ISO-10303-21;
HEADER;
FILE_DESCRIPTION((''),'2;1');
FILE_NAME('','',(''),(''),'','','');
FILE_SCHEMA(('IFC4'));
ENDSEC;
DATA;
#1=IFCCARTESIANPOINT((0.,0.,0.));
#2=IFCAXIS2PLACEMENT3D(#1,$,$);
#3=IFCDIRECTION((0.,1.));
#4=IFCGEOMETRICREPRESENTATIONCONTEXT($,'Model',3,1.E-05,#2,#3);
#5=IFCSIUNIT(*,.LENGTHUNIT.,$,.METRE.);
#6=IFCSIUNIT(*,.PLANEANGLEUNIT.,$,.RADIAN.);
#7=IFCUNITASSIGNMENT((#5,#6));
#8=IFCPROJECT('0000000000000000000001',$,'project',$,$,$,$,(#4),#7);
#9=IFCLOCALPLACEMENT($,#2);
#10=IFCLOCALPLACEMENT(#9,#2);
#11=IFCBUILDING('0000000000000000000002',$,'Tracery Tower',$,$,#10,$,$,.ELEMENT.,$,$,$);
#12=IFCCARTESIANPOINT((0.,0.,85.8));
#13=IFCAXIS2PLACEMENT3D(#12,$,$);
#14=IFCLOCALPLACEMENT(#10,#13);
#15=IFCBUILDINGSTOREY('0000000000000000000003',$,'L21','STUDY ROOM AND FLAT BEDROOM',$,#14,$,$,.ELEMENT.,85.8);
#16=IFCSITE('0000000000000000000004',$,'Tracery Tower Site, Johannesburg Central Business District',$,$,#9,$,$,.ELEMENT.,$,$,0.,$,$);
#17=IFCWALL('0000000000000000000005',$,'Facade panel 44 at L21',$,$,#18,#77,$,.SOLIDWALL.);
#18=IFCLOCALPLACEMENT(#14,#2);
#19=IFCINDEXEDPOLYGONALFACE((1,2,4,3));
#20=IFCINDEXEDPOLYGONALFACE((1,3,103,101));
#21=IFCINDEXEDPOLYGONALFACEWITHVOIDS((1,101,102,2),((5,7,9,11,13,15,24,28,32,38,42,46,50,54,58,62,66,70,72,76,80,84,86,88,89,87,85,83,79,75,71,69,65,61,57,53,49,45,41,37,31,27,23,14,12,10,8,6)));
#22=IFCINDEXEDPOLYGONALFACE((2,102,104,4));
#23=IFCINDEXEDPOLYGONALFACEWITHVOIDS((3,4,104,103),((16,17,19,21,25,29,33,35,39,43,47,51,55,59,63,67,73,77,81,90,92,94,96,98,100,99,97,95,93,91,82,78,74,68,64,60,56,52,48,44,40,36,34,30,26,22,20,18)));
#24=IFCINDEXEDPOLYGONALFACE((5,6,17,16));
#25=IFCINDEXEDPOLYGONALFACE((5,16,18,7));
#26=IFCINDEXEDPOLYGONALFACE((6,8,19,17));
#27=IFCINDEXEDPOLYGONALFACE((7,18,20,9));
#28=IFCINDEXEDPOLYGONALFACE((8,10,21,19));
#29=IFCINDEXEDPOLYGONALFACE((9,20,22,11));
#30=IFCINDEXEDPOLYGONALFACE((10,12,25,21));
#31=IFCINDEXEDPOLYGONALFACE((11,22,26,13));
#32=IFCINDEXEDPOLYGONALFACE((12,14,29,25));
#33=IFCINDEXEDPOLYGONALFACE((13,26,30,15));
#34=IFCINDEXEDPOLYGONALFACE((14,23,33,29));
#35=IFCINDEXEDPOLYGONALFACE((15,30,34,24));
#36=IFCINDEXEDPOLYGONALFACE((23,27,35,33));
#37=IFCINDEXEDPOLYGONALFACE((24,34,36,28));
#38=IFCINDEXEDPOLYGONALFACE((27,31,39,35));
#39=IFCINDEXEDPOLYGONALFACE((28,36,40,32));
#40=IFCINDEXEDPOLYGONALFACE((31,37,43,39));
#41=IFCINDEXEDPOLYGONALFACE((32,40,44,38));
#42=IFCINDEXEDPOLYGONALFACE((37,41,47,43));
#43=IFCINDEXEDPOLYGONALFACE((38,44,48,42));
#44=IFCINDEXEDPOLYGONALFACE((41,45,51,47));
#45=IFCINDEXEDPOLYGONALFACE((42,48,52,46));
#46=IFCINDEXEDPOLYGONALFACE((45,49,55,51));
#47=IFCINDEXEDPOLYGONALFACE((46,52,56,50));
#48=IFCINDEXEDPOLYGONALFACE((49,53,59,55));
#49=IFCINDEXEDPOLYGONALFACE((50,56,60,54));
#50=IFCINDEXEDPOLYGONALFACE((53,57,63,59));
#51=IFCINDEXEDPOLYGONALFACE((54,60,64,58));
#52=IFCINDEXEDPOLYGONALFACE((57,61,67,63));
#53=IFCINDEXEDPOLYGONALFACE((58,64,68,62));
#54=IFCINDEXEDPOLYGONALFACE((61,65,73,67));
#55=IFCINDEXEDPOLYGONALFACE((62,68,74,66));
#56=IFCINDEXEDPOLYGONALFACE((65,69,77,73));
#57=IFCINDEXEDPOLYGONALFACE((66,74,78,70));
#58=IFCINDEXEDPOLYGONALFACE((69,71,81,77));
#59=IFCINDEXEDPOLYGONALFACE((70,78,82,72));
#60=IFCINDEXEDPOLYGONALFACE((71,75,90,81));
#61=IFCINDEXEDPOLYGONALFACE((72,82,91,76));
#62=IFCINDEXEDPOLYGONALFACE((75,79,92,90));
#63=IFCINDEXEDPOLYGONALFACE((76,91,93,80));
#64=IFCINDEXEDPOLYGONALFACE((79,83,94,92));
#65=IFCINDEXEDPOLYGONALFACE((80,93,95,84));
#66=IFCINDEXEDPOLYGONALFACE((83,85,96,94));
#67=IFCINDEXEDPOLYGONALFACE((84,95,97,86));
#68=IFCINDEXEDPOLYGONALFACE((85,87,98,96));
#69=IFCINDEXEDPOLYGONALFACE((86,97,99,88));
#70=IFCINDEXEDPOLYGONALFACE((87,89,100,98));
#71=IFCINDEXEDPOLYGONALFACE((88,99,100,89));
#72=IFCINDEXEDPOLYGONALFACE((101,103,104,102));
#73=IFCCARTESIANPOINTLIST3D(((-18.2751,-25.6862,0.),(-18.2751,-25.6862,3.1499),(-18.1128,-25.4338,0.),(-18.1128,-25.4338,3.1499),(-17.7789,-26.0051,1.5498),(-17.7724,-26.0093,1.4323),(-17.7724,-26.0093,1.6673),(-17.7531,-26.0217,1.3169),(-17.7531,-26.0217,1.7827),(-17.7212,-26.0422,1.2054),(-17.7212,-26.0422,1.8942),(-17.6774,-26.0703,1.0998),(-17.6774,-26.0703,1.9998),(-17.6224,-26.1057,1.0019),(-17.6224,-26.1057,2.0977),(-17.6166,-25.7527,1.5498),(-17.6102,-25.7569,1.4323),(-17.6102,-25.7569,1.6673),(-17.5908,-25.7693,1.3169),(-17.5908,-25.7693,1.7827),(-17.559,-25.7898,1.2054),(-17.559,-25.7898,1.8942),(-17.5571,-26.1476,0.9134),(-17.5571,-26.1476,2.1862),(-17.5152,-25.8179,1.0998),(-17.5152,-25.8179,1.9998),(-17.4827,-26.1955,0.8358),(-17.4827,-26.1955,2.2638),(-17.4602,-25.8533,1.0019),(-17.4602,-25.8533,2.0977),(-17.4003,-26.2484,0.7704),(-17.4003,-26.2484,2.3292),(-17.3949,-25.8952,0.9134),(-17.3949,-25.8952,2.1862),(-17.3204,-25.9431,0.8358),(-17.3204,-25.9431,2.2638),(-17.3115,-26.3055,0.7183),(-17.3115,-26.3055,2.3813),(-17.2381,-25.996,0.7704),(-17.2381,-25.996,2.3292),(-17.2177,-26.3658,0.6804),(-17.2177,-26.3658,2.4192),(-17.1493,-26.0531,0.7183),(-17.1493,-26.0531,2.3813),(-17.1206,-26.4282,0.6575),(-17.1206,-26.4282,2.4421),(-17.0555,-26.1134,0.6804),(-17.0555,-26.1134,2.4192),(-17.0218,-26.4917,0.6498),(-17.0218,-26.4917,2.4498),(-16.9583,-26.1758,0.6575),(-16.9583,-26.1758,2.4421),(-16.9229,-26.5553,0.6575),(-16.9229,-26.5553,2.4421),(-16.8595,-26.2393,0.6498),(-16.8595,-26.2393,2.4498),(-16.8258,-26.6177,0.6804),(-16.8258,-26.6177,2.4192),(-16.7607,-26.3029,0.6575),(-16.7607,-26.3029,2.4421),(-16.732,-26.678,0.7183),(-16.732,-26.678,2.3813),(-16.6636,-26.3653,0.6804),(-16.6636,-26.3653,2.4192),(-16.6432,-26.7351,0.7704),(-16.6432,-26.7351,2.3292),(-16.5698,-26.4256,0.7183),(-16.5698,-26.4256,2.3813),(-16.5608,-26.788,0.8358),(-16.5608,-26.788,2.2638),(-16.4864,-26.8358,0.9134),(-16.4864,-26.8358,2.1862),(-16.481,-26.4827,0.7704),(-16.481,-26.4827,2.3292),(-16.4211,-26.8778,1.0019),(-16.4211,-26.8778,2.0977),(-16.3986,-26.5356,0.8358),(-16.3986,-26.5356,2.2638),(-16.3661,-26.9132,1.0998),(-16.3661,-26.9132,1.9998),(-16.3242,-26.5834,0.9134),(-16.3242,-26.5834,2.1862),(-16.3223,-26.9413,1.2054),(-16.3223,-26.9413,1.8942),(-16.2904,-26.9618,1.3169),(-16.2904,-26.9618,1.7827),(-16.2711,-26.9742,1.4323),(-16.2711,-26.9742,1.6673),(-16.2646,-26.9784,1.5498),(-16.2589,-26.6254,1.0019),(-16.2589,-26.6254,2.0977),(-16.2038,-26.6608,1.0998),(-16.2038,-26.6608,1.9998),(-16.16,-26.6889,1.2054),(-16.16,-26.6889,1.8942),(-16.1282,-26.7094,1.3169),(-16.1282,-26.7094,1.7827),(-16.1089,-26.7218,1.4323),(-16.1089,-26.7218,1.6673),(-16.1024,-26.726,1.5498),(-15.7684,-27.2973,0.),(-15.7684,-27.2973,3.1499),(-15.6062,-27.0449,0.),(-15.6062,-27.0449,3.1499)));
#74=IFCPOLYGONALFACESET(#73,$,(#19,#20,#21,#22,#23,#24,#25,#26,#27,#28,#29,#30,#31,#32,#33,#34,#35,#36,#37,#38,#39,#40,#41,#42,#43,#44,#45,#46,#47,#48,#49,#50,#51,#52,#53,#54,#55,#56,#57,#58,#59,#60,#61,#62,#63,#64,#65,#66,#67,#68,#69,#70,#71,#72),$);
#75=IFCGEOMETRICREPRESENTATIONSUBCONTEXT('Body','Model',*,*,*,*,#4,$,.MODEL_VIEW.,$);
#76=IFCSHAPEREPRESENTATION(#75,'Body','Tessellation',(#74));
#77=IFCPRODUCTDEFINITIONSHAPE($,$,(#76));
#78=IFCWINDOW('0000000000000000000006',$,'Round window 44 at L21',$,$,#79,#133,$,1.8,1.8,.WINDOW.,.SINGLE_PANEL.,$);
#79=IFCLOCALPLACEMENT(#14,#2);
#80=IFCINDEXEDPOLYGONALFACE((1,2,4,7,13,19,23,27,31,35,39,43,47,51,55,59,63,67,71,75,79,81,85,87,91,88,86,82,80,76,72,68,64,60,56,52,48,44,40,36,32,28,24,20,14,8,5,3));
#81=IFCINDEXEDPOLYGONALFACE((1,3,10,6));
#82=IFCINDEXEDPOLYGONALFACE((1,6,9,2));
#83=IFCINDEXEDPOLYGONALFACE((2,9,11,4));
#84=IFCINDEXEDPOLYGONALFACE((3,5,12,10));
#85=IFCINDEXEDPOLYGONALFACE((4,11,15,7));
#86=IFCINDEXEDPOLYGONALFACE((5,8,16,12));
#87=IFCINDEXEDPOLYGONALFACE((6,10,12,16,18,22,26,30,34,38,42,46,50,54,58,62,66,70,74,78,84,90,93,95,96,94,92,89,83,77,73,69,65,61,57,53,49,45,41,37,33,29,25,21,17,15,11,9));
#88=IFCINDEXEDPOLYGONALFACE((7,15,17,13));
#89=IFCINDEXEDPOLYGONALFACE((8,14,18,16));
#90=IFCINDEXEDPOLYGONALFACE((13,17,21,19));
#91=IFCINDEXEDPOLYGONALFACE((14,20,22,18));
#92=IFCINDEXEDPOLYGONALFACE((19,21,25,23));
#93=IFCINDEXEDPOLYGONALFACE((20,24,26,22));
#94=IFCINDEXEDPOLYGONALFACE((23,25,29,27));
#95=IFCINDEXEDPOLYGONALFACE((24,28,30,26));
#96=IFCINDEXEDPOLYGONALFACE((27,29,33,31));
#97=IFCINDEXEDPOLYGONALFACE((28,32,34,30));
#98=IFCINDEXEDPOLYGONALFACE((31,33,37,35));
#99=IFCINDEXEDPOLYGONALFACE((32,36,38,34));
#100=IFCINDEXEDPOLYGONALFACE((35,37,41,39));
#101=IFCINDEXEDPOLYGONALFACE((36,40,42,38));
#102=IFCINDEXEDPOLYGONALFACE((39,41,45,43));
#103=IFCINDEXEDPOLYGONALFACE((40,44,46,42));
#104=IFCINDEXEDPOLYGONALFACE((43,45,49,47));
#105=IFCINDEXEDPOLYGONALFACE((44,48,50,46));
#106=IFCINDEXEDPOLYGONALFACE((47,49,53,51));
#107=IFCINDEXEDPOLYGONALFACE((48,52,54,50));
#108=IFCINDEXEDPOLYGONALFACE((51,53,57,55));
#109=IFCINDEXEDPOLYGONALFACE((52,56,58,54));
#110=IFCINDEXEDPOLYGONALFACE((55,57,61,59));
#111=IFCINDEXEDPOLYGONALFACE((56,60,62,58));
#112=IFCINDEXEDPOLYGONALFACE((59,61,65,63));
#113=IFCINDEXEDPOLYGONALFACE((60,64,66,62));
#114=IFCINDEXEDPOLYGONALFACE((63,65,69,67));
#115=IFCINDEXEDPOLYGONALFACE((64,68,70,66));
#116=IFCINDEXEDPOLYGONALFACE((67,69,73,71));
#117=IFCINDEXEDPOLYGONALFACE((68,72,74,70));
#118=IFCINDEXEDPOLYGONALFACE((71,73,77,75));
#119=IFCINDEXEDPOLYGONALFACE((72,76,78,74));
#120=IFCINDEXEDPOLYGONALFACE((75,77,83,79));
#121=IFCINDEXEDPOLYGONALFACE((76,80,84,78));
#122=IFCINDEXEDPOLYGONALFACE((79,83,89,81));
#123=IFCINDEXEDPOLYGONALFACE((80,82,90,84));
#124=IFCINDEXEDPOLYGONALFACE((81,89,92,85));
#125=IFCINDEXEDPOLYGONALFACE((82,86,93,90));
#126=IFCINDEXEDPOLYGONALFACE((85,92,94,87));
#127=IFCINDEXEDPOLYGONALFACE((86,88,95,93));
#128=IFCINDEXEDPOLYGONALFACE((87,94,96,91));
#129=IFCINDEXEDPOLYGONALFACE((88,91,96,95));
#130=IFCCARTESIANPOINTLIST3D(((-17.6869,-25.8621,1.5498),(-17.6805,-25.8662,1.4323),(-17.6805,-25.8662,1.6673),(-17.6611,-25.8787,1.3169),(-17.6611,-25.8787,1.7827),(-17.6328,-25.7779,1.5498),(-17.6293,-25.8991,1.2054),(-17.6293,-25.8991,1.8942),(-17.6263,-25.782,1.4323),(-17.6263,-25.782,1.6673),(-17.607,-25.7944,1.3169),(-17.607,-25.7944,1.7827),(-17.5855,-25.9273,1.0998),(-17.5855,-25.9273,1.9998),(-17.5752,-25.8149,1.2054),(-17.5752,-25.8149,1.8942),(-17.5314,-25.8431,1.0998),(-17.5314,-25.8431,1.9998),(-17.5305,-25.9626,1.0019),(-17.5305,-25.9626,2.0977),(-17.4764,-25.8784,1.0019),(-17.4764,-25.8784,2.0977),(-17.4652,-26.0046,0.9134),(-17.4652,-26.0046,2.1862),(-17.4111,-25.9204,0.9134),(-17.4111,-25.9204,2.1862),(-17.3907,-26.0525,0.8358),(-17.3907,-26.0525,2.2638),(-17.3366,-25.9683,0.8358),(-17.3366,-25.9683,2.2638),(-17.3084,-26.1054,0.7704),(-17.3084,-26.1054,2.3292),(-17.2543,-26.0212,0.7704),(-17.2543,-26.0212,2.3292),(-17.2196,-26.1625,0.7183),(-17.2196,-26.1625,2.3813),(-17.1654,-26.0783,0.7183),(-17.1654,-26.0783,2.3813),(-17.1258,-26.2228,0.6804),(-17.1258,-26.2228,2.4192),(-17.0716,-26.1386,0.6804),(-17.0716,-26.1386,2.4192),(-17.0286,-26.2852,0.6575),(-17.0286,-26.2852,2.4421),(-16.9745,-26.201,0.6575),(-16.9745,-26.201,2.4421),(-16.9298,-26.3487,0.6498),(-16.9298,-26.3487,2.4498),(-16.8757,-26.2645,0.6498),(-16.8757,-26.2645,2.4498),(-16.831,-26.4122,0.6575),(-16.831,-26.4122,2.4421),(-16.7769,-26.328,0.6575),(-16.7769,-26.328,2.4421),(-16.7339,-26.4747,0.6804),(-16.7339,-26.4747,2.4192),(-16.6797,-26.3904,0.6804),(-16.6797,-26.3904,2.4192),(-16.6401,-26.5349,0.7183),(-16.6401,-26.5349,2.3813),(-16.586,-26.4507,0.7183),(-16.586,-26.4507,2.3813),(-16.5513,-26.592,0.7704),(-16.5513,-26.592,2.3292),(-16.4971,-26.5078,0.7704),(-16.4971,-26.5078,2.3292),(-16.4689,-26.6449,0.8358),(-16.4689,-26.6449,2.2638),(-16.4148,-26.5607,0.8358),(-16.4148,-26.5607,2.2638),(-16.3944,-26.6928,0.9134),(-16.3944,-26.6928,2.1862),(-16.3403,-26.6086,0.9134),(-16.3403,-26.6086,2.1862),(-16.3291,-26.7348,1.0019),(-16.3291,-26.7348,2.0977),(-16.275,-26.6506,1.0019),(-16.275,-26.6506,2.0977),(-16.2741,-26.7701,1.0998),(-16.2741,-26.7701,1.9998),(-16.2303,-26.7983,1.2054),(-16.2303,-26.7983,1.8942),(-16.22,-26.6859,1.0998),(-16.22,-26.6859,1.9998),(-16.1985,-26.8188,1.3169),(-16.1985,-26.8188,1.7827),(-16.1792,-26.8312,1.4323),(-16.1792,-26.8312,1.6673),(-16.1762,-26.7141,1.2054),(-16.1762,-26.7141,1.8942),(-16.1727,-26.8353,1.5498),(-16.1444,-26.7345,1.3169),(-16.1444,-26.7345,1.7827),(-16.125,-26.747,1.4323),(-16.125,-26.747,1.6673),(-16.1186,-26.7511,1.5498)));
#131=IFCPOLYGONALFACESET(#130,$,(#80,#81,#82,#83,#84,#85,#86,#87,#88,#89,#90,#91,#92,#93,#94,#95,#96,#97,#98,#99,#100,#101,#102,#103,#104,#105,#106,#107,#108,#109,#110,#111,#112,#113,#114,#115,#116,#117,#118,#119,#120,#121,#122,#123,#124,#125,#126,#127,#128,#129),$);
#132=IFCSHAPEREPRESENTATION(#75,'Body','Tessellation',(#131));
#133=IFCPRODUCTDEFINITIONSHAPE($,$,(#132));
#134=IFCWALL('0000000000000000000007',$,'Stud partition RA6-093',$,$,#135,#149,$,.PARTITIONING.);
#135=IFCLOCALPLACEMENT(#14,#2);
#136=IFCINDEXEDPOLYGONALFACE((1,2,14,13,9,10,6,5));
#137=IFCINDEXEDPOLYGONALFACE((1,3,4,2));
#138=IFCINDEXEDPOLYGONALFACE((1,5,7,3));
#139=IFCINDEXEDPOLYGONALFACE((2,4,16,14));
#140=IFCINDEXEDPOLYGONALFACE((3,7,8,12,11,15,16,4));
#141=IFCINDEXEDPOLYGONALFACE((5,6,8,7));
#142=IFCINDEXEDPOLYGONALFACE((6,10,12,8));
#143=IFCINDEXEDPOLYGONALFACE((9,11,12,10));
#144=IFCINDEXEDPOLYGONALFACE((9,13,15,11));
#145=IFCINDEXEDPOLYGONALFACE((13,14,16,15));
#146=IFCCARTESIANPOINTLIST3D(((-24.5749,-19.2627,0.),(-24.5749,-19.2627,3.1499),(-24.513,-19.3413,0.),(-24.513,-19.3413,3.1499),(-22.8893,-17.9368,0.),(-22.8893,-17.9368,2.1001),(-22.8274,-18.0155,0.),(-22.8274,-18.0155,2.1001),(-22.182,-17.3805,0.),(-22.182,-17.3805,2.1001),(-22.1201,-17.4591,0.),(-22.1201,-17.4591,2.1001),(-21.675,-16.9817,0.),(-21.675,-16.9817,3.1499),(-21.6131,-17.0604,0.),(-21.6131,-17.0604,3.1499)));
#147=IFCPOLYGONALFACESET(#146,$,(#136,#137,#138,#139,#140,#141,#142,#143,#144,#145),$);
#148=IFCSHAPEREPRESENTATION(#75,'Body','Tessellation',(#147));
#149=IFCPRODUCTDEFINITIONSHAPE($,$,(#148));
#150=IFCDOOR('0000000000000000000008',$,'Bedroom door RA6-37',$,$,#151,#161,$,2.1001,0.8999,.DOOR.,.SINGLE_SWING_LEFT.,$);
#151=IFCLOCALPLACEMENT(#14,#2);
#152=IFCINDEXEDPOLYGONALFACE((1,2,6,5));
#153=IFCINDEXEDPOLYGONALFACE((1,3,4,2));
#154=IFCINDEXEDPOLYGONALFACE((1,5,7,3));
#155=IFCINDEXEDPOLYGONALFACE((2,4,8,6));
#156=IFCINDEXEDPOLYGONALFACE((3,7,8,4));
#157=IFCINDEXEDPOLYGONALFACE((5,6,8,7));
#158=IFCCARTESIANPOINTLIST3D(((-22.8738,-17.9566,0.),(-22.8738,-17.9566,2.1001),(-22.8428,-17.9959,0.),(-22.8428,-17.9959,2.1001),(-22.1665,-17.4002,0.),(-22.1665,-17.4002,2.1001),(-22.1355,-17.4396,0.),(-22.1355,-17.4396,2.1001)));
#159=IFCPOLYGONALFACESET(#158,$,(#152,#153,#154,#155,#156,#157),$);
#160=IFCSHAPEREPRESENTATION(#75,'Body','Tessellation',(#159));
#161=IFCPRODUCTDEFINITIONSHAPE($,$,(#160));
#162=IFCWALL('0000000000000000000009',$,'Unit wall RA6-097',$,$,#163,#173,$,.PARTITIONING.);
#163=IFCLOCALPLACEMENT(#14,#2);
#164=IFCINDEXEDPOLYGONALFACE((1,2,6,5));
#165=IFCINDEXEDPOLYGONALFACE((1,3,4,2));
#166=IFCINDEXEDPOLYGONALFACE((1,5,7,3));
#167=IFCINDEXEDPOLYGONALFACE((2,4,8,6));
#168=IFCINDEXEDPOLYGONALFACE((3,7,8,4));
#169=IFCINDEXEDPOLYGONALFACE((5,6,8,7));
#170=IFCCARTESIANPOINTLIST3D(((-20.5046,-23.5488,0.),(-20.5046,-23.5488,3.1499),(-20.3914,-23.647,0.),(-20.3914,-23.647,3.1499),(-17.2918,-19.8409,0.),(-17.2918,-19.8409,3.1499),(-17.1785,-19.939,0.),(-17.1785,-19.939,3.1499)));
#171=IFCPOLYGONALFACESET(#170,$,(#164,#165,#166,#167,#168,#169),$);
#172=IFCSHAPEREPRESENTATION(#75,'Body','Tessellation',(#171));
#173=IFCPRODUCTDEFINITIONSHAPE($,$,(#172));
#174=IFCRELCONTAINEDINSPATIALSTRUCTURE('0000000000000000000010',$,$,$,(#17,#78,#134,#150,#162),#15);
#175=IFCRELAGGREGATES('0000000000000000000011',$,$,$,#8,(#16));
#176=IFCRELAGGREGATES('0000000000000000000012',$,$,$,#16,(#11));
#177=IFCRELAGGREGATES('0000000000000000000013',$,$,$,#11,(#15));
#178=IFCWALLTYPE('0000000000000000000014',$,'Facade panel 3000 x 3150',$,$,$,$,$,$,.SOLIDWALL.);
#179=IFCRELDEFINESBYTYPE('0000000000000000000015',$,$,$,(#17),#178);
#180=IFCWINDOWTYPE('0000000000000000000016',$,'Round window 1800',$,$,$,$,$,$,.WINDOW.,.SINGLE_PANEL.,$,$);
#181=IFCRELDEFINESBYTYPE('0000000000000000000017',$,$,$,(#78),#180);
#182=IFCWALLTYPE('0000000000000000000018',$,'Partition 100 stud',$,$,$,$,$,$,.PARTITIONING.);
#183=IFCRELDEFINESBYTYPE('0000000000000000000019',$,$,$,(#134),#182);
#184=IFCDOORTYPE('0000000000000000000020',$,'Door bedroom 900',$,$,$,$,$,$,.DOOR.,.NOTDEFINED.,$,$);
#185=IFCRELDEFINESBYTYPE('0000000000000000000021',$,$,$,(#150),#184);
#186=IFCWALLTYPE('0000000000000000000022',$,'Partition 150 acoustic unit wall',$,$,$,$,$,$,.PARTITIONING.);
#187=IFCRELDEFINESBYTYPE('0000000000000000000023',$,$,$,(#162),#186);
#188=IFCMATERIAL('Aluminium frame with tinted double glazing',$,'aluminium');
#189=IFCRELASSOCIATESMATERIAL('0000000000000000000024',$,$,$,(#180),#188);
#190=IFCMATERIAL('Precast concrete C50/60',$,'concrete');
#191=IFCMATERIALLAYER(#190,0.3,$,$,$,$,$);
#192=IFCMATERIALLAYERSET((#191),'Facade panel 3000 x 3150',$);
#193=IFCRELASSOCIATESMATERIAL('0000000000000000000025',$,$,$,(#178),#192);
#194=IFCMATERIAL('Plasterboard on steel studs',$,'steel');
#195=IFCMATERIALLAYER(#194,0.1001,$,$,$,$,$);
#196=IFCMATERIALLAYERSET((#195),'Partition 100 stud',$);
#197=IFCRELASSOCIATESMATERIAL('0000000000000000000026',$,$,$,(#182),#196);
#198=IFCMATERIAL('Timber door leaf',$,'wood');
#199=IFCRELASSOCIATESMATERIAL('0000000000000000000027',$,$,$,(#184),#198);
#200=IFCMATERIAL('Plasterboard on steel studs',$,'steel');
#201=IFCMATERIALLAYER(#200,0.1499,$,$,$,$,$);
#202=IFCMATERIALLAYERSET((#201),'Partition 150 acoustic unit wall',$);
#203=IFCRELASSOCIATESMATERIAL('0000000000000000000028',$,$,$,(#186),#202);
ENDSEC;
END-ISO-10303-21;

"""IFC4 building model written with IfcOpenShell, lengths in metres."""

from ifc_helpers import new_model, si_unit, direction, frame, frame_2d, origin, origin_2d, place, context, subcontext, project, spatial, rectangle, circle, extrude, material, layer, layer_set, type_object, element, fill, save


model = new_model("IFC4")

# Units and contexts
model_context = context("Model", 3, precision=1e-05, world=origin(), true_north=direction((0.0, 1.0)))
body_context = subcontext(model_context, "Body", "Model", "MODEL_VIEW")
ifc_project = project(units=[si_unit("LENGTHUNIT", "METRE"), si_unit("PLANEANGLEUNIT", "RADIAN")], contexts=[model_context])

# Site, building, storey
site_placement = place(None, origin())
site = spatial("IfcSite", under=ifc_project, at=site_placement, Name="Tracery Tower Site, Johannesburg Central Business District", CompositionType="ELEMENT", RefElevation=0.0)
building_placement = place(site_placement, origin())
building = spatial("IfcBuilding", under=site, at=building_placement, Name="Tracery Tower", CompositionType="ELEMENT")
storey_placement = place(building_placement, frame((0.0, 0.0, 85.8)))
storey = spatial("IfcBuildingStorey", under=building, at=storey_placement, Name="L21", Description="STUDY ROOM AND FLAT BEDROOM", CompositionType="ELEMENT", Elevation=85.8)

# Wall, opening, window
ifc_material_1 = material(Name="Aluminium frame with tinted double glazing", Category="aluminium")
window_type = type_object("IfcWindowType", Name="Round window 1800", PartitioningType="SINGLE_PANEL", PredefinedType="WINDOW", material=ifc_material_1)
ifc_material_2 = material(Name="Precast concrete C50/60", Category="concrete")
ifc_layer_1 = layer(ifc_material_2, 0.3)
ifc_layer_set_1 = layer_set([ifc_layer_1], Name="Facade panel 3000 x 3150")
wall_type_1 = type_object("IfcWallType", Name="Facade panel 3000 x 3150", PredefinedType="SOLIDWALL", material=ifc_layer_set_1)
wall_1_placement = place(storey_placement, frame((-18.1938, -25.5601, 0.0), z_axis=(0.0, 0.0, 1.0), x_axis=(0.841224, -0.540687, 0.0)))
wall_1 = element("IfcWall", 1, at=wall_1_placement, inside=storey, type_object=wall_type_1, Name="Facade panel 44 at L21", PredefinedType="SOLIDWALL", context=body_context, shape_type="SweptSolid", body=[
    extrude(rectangle(XDim=2.9797, YDim=0.3, at=frame_2d((1.4897, 0.0))), origin(), (0.0, 0.0, 1.0), 3.1499),
])
opening_1_placement = place(wall_1_placement, frame((1.4897, 0.0, 1.5498)))
opening_1 = element("IfcOpeningElement", 2, at=opening_1_placement, cuts=wall_1, PredefinedType="OPENING", context=body_context, shape_type="SweptSolid", body=[
    extrude(circle(Radius=0.9, at=origin_2d()), frame((0.0, 0.1599, 0.0), z_axis=(0.0, -1.0, 0.0), x_axis=(1.0, 0.0, 0.0)), (0.0, 0.0, 1.0), 0.3201),
])
window_1_placement = place(opening_1_placement, origin())
window_1 = element("IfcWindow", 3, at=window_1_placement, inside=storey, type_object=window_type, Name="Round window 44 at L21", OverallHeight=1.8, OverallWidth=1.8, PartitioningType="SINGLE_PANEL", PredefinedType="WINDOW", context=body_context, shape_type="SweptSolid", body=[
    extrude(circle(Radius=0.9, at=origin_2d()), frame((0.0, 0.1201, 0.0), z_axis=(0.0, -1.0, 0.0), x_axis=(1.0, 0.0, 0.0)), (0.0, 0.0, 1.0), 0.1001),
])
fill(opening_1, window_1)

# Wall, opening, door
ifc_material_3 = material(Name="Plasterboard on steel studs", Category="steel")
ifc_layer_2 = layer(ifc_material_3, 0.1001)
ifc_layer_set_2 = layer_set([ifc_layer_2], Name="Partition 100 stud")
wall_type_2 = type_object("IfcWallType", Name="Partition 100 stud", PredefinedType="PARTITIONING", material=ifc_layer_set_2)
wall_2_placement = place(storey_placement, frame((-24.5439, -19.302, 0.0), z_axis=(0.0, 0.0, 1.0), x_axis=(0.785988, 0.618242, 0.0)))
wall_2 = element("IfcWall", 4, at=wall_2_placement, inside=storey, type_object=wall_type_2, Name="Stud partition RA6-093", PredefinedType="PARTITIONING", context=body_context, shape_type="SweptSolid", body=[
    extrude(rectangle(XDim=3.6895, YDim=0.1001, at=frame_2d((1.8447, 0.0))), origin(), (0.0, 0.0, 1.0), 3.1499),
])
opening_2_placement = place(wall_2_placement, frame((2.1445, 0.0, 0.0)))
opening_2 = element("IfcOpeningElement", 5, at=opening_2_placement, cuts=wall_2, PredefinedType="OPENING", context=body_context, shape_type="SweptSolid", body=[
    extrude(rectangle(XDim=0.8999, YDim=2.1001, at=frame_2d((0.45, 1.05))), frame((0.0, 0.05, 0.0), z_axis=(0.0, -1.0, 0.0), x_axis=(1.0, 0.0, 0.0)), (0.0, 0.0, 1.0), 0.1001),
])
ifc_material_4 = material(Name="Timber door leaf", Category="wood")
door_type_1 = type_object("IfcDoorType", Name="Door bedroom 900", OperationType="NOTDEFINED", PredefinedType="DOOR", material=ifc_material_4)
door_1_placement = place(opening_2_placement, origin())
door_1 = element("IfcDoor", 6, at=door_1_placement, inside=storey, type_object=door_type_1, Name="Bedroom door RA6-37", OperationType="SINGLE_SWING_LEFT", OverallHeight=2.1001, OverallWidth=0.8999, PredefinedType="DOOR", context=body_context, shape_type="SweptSolid", body=[
    extrude(rectangle(XDim=0.8999, YDim=2.1001, at=frame_2d((0.45, 1.05))), frame((0.0, 0.0249, 0.0), z_axis=(0.0, -1.0, 0.0), x_axis=(1.0, 0.0, 0.0)), (0.0, 0.0, 1.0), 0.05),
])
fill(opening_2, door_1)

# Wall
ifc_material_5 = material(Name="Plasterboard on steel studs", Category="steel")
ifc_layer_3 = layer(ifc_material_5, 0.1499)
ifc_layer_set_3 = layer_set([ifc_layer_3], Name="Partition 150 acoustic unit wall")
wall_type_3 = type_object("IfcWallType", Name="Partition 150 acoustic unit wall", PredefinedType="PARTITIONING", material=ifc_layer_set_3)
wall_3_placement = place(storey_placement, frame((-20.448, -23.5979, 0.0), z_axis=(0.0, 0.0, 1.0), x_axis=(0.654847, 0.755761, 0.0)))
element("IfcWall", 7, at=wall_3_placement, inside=storey, type_object=wall_type_3, Name="Unit wall RA6-097", PredefinedType="PARTITIONING", context=body_context, shape_type="SweptSolid", body=[
    extrude(rectangle(XDim=4.9062, YDim=0.1499, at=frame_2d((2.4531, 0.0))), origin(), (0.0, 0.0, 1.0), 3.1499),
])

save(model, "model.ifc")
